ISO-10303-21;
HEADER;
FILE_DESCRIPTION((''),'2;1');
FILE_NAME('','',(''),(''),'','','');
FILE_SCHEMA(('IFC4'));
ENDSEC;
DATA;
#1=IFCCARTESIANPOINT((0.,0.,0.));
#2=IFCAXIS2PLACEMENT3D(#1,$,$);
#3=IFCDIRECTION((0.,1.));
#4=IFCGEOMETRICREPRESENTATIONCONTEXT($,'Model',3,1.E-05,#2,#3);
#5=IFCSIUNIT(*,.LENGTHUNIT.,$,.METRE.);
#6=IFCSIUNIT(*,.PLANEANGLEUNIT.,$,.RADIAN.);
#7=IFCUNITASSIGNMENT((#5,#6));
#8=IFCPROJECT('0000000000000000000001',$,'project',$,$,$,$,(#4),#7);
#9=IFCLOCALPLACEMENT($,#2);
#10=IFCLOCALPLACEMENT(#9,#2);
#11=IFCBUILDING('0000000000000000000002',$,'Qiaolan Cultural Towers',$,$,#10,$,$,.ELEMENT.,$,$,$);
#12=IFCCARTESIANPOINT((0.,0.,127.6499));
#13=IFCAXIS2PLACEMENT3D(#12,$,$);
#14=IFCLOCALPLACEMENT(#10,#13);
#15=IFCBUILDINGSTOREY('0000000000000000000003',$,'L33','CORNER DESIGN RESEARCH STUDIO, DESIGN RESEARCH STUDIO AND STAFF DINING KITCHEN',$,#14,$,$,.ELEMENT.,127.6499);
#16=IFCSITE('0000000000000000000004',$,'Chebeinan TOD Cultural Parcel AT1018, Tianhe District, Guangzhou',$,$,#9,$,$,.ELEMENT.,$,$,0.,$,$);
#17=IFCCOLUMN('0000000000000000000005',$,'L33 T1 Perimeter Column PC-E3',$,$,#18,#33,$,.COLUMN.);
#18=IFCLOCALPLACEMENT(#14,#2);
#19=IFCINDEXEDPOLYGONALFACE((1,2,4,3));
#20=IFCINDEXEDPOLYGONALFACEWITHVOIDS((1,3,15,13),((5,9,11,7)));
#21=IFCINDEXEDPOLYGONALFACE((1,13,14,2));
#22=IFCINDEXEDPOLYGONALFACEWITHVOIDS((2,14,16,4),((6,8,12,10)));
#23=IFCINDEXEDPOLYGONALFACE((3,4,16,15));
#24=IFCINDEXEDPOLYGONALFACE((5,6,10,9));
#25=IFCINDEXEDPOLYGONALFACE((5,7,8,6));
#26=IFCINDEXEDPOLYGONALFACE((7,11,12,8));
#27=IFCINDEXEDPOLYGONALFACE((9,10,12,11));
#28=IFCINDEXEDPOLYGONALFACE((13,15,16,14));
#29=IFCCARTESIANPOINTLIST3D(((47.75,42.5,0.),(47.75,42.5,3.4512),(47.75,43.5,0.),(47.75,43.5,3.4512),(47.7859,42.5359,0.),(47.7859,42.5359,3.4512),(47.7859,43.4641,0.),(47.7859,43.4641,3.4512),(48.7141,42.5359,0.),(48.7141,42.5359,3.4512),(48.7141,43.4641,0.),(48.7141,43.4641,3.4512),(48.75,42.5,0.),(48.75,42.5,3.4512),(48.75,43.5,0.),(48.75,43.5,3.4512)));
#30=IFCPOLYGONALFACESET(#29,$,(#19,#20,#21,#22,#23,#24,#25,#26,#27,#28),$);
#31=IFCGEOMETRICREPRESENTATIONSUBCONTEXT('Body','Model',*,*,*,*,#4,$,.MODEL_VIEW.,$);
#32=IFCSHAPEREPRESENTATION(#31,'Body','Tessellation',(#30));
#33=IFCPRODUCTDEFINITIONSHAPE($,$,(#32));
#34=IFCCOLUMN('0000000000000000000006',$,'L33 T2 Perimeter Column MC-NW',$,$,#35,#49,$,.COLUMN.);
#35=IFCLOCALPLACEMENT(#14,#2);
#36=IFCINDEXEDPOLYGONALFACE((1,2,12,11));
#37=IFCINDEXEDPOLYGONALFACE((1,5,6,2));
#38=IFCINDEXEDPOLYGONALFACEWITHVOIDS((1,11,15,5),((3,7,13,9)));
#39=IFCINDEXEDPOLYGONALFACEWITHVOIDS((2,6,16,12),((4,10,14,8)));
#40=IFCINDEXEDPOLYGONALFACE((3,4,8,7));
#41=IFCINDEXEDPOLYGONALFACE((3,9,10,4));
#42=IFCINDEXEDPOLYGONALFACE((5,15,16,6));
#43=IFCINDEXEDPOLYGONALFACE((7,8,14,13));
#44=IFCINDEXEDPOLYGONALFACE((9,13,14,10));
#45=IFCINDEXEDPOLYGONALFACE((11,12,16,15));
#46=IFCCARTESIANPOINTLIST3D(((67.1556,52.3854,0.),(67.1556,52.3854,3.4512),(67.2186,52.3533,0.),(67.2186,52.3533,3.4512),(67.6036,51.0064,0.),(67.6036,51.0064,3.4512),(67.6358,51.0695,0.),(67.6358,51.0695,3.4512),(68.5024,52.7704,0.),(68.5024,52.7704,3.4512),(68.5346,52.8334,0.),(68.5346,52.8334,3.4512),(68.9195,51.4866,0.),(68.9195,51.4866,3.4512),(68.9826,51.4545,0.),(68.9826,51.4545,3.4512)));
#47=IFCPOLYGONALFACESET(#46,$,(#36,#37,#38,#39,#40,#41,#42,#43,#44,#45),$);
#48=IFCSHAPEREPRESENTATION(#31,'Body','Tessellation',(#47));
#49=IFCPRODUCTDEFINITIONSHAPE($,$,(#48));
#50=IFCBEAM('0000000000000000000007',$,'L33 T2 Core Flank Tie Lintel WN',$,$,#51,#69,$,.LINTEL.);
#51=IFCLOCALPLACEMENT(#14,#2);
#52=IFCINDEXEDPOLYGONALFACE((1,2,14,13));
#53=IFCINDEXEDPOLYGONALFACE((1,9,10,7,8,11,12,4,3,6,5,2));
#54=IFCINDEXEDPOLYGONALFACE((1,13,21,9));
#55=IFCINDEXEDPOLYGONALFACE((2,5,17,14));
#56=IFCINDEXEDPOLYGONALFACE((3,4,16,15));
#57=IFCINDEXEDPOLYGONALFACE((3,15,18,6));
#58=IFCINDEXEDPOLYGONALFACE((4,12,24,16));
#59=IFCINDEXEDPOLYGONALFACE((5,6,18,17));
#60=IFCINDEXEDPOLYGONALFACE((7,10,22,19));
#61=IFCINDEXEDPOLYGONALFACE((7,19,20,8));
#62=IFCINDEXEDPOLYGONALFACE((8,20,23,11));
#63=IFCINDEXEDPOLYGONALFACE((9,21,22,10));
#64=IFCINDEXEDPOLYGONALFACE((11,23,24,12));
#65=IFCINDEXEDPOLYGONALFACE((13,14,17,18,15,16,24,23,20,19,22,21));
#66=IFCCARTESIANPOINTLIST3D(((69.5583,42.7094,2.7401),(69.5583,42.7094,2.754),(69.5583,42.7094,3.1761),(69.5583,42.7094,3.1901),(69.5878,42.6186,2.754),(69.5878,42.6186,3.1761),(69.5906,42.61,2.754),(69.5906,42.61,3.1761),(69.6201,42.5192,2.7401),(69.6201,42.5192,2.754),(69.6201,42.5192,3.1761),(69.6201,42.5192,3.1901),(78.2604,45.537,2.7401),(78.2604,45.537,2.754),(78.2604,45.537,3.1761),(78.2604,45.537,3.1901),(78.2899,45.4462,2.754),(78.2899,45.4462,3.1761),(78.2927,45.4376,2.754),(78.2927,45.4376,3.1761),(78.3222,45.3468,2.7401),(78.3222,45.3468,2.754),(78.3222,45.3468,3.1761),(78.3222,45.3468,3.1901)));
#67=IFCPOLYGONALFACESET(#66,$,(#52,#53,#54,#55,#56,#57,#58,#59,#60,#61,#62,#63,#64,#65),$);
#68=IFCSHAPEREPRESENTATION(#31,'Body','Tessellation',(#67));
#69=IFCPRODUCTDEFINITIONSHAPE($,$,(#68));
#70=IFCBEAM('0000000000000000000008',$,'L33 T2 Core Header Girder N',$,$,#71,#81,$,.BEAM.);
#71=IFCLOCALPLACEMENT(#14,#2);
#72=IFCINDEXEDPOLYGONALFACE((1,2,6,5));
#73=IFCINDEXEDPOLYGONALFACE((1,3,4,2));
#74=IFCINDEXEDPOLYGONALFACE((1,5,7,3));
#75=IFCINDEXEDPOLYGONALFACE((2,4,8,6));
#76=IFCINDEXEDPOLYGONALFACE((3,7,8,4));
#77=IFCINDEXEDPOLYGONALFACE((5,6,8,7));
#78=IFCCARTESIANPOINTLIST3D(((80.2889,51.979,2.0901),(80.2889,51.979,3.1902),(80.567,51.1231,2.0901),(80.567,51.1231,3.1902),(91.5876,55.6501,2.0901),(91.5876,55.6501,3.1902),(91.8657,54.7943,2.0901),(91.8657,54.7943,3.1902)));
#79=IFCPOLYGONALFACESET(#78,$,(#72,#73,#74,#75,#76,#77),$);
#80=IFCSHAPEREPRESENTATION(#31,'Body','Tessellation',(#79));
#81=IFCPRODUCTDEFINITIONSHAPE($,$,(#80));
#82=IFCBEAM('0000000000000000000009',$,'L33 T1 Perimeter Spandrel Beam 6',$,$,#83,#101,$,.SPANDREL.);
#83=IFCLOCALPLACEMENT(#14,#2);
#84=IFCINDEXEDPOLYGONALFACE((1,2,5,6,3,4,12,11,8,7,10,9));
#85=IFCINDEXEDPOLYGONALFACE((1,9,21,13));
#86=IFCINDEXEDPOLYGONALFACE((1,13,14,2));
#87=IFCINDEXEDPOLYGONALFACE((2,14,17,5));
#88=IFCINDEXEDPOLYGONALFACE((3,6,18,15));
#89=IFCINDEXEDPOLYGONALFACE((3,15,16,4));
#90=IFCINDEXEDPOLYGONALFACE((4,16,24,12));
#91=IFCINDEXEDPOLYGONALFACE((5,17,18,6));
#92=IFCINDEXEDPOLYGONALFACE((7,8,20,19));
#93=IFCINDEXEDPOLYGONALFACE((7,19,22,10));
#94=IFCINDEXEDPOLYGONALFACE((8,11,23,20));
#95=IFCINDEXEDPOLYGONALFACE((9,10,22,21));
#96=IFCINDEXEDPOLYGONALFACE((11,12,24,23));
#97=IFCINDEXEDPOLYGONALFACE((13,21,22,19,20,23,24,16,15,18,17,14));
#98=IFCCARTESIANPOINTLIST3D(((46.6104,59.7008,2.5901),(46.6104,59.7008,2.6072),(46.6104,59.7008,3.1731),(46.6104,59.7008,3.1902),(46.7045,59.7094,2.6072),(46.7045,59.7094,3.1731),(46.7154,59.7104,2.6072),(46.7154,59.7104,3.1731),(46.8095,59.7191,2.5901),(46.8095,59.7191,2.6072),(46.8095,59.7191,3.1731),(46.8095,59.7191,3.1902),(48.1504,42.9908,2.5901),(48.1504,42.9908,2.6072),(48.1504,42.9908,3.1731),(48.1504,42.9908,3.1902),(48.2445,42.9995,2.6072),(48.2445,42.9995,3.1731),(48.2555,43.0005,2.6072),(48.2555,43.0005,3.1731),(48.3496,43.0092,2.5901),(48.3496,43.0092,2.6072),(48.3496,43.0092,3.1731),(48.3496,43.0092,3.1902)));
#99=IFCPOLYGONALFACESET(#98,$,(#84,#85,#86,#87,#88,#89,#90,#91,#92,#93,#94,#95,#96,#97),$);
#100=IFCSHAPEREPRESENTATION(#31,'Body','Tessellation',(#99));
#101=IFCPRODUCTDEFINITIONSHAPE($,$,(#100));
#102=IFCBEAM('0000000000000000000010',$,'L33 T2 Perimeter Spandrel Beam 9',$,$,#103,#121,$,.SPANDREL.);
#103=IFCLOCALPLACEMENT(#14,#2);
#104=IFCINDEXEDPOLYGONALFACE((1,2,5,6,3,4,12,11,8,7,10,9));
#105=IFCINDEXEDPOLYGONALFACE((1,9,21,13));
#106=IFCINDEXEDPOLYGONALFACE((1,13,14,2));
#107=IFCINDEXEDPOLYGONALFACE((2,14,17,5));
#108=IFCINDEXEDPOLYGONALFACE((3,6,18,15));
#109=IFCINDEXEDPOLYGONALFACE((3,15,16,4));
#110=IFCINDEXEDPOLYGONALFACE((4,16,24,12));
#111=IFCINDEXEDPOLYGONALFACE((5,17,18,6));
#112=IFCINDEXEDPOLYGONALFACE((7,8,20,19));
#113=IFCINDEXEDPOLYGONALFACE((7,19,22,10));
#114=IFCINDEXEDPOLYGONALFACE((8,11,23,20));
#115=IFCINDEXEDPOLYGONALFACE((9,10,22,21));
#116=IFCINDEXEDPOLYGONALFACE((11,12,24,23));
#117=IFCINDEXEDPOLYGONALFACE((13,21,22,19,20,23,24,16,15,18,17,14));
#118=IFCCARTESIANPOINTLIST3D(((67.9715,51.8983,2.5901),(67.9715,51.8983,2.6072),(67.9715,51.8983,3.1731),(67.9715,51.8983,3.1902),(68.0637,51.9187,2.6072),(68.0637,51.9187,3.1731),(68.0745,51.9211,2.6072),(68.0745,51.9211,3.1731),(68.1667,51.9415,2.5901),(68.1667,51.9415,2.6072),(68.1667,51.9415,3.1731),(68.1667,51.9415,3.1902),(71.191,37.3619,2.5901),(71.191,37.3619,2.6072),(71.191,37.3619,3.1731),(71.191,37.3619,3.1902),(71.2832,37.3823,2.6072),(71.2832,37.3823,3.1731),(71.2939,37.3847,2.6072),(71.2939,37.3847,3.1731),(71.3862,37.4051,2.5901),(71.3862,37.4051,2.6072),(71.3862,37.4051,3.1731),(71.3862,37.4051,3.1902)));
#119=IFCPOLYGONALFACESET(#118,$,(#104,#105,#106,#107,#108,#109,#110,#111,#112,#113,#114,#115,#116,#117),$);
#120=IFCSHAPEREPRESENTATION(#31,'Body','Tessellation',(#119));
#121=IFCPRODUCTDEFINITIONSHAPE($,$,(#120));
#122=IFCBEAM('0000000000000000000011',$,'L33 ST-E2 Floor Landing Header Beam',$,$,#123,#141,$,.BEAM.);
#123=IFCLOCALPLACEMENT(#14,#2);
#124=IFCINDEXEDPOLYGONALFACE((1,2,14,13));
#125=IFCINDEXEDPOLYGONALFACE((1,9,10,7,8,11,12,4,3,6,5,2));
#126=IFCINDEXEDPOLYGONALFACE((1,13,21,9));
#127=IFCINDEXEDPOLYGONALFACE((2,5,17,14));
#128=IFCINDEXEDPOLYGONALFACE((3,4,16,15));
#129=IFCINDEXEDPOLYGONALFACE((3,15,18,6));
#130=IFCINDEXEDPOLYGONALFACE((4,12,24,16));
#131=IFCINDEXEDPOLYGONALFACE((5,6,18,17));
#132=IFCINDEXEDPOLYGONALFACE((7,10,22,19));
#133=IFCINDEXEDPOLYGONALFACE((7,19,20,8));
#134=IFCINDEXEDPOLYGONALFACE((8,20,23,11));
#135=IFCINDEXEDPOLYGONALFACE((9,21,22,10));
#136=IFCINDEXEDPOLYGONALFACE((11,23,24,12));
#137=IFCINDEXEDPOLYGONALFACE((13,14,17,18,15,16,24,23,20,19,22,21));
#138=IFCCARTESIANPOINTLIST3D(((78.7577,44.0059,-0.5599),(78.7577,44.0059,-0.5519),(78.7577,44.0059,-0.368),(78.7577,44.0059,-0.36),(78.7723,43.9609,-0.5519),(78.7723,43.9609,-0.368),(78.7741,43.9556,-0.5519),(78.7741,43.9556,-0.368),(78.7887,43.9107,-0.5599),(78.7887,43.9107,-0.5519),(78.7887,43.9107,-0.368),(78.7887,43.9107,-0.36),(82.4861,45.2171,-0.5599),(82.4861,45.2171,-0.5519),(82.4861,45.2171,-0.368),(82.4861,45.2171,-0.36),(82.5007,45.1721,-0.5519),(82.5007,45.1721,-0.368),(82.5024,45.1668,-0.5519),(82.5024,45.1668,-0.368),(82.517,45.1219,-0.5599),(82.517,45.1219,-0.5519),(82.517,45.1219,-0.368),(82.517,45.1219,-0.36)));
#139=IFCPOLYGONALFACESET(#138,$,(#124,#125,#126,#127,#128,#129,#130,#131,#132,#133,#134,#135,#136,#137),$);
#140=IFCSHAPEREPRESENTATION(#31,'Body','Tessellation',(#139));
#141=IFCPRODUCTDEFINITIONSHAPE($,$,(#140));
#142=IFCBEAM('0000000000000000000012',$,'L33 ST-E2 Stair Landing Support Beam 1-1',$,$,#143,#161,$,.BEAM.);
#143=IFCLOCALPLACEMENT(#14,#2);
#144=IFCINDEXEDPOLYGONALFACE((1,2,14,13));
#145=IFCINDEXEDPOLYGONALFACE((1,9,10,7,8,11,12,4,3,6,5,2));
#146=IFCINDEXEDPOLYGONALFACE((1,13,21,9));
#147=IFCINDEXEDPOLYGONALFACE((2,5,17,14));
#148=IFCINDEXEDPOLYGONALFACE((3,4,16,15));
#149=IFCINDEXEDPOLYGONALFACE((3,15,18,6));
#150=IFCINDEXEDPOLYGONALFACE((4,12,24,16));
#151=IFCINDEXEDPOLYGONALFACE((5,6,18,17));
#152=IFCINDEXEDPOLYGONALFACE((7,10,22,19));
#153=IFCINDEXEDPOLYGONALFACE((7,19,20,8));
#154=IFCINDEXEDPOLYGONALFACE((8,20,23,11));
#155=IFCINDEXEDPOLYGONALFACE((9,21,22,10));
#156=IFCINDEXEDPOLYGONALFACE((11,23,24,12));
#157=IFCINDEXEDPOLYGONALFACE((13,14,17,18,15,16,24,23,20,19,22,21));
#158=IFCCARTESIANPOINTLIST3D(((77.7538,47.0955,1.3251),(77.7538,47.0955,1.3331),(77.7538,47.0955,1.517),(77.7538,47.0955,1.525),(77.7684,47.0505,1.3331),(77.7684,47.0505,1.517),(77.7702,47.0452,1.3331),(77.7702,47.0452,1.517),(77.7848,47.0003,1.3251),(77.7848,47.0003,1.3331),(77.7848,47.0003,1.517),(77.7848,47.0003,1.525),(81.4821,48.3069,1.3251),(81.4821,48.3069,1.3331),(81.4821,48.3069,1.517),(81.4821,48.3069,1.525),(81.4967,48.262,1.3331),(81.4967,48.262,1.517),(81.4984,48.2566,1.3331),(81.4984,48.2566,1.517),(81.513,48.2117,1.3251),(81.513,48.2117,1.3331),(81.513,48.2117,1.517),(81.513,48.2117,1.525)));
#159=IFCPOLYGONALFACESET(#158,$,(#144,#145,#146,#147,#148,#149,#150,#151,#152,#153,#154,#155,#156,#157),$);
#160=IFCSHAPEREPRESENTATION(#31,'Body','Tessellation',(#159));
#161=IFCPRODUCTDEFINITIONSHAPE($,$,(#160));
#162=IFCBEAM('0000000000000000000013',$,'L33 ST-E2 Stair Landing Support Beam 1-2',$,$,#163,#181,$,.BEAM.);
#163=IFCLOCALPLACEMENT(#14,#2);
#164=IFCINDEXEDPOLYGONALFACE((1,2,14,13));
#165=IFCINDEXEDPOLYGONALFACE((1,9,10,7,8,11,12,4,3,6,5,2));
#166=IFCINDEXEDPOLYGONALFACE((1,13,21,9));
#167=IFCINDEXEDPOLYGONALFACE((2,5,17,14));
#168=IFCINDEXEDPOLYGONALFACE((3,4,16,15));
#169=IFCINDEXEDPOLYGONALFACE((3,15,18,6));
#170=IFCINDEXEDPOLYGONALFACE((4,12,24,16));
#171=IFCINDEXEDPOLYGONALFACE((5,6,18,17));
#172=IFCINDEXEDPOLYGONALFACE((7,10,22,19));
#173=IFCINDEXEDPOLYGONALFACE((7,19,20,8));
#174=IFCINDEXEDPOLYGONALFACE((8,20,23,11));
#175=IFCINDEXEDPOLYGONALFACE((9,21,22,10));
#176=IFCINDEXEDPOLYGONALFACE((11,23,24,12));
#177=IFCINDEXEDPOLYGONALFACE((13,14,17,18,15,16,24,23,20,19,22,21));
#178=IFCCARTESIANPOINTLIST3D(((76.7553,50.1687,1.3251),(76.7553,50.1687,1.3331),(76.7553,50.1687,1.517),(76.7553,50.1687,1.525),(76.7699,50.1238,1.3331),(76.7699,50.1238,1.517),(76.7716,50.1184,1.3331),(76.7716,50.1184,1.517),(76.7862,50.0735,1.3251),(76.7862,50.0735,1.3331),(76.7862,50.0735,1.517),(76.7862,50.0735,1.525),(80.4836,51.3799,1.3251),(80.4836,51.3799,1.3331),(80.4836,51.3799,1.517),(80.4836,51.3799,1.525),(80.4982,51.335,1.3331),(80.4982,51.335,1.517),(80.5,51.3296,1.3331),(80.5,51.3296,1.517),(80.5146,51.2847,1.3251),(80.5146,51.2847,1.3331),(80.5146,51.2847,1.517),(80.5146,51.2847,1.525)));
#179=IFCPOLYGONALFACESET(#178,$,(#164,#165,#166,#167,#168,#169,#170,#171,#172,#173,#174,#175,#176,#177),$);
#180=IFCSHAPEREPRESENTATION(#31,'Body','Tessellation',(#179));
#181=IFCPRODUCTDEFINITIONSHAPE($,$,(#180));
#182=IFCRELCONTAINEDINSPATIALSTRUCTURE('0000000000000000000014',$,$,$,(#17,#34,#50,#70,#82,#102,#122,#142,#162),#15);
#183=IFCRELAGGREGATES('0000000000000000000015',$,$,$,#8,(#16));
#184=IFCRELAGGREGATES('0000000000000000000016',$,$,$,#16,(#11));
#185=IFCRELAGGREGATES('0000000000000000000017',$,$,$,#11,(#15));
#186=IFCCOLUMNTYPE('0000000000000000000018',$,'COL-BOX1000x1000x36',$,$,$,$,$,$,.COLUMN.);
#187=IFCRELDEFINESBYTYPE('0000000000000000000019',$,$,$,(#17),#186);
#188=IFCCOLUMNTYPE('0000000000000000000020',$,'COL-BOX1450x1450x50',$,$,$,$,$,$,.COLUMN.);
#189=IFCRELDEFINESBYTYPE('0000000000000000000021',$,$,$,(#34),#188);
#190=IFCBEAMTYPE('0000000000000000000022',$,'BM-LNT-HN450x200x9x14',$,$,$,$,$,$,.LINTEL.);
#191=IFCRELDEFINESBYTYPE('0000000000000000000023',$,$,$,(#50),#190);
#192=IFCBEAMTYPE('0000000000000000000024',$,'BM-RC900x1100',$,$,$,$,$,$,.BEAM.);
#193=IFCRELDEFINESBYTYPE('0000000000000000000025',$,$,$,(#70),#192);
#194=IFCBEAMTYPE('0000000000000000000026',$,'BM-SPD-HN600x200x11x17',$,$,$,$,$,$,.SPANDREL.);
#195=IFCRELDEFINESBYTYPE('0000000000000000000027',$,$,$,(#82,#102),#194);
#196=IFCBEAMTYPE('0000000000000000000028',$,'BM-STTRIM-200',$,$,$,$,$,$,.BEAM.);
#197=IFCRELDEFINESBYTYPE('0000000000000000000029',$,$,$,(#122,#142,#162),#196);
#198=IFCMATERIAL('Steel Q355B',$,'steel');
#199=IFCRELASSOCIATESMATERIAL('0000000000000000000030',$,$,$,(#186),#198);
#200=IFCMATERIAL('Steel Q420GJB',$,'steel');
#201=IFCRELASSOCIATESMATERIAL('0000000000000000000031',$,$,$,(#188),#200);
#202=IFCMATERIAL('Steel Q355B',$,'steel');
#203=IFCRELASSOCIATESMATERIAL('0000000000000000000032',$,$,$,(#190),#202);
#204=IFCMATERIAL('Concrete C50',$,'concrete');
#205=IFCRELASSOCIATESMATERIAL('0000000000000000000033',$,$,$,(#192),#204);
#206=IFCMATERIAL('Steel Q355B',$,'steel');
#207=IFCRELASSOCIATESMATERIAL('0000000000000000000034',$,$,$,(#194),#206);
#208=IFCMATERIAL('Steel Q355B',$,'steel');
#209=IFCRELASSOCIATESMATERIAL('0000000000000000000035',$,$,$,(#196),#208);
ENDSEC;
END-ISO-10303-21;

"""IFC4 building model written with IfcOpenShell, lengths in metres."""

from ifc_helpers import new_model, si_unit, direction, frame, origin, origin_2d, place, context, subcontext, project, spatial, rectangle, hollow_rectangle, i_section, extrude, material, material_profile, profile_set, type_object, element, save


model = new_model("IFC4")

# Units and contexts
model_context = context("Model", 3, precision=1e-05, world=origin(), true_north=direction((0.0, 1.0)))
body_context = subcontext(model_context, "Body", "Model", "MODEL_VIEW")
ifc_project = project(units=[si_unit("LENGTHUNIT", "METRE"), si_unit("PLANEANGLEUNIT", "RADIAN")], contexts=[model_context])

# Site, building, storey
site_placement = place(None, origin())
site = spatial("IfcSite", under=ifc_project, at=site_placement, Name="Chebeinan TOD Cultural Parcel AT1018, Tianhe District, Guangzhou", CompositionType="ELEMENT", RefElevation=0.0)
building_placement = place(site_placement, origin())
building = spatial("IfcBuilding", under=site, at=building_placement, Name="Qiaolan Cultural Towers", CompositionType="ELEMENT")
storey_placement = place(building_placement, frame((0.0, 0.0, 127.6499)))
storey = spatial("IfcBuildingStorey", under=building, at=storey_placement, Name="L33", Description="CORNER DESIGN RESEARCH STUDIO, DESIGN RESEARCH STUDIO AND STAFF DINING KITCHEN", CompositionType="ELEMENT", Elevation=127.6499)

# Columns
ifc_material_1 = material(Name="Steel Q355B", Category="steel")
ifc_material_profile_1 = material_profile(ifc_material_1, hollow_rectangle(XDim=1.0, YDim=1.0, WallThickness=0.0359, at=origin_2d()), Name="BOX1000x1000x36")
ifc_profile_set_1 = profile_set([ifc_material_profile_1], Name="Steel Q355B")
column_type_1 = type_object("IfcColumnType", Name="COL-BOX1000x1000x36", PredefinedType="COLUMN", material=ifc_profile_set_1)
column_1_placement = place(storey_placement, frame((48.25, 43.0, 0.0), z_axis=(0.0, 0.0, 1.0), x_axis=(1.0, 0.0, 0.0)))
element("IfcColumn", 1, at=column_1_placement, inside=storey, type_object=column_type_1, Name="L33 T1 Perimeter Column PC-E3", PredefinedType="COLUMN", context=body_context, shape_type="SweptSolid", body=[
    extrude(hollow_rectangle(XDim=1.0, YDim=1.0, WallThickness=0.0359, at=origin_2d()), origin(), (0.0, 0.0, 1.0), 3.4512),
])
ifc_material_2 = material(Name="Steel Q420GJB", Category="steel")
ifc_material_profile_2 = material_profile(ifc_material_2, hollow_rectangle(XDim=1.45, YDim=1.45, WallThickness=0.05, at=origin_2d()), Name="BOX1450x1450x50")
ifc_profile_set_2 = profile_set([ifc_material_profile_2], Name="Steel Q420GJB")
column_type_2 = type_object("IfcColumnType", Name="COL-BOX1450x1450x50", PredefinedType="COLUMN", material=ifc_profile_set_2)
column_2_placement = place(storey_placement, frame((68.0691, 51.9199, 0.0), z_axis=(0.0, 0.0, 1.0), x_axis=(0.951057, 0.309017, 0.0)))
element("IfcColumn", 2, at=column_2_placement, inside=storey, type_object=column_type_2, Name="L33 T2 Perimeter Column MC-NW", PredefinedType="COLUMN", context=body_context, shape_type="SweptSolid", body=[
    extrude(hollow_rectangle(XDim=1.45, YDim=1.45, WallThickness=0.05, at=origin_2d()), origin(), (0.0, 0.0, 1.0), 3.4512),
])

# Beams
ifc_material_3 = material(Name="Steel Q355B", Category="steel")
ifc_material_profile_3 = material_profile(ifc_material_3, i_section(OverallWidth=0.2, OverallDepth=0.45, WebThickness=0.009, FlangeThickness=0.0139, at=origin_2d()), Name="HN450x200x9x14")
ifc_profile_set_3 = profile_set([ifc_material_profile_3], Name="Steel Q355B")
beam_type_1 = type_object("IfcBeamType", Name="BM-LNT-HN450x200x9x14", PredefinedType="LINTEL", material=ifc_profile_set_3)
beam_1_placement = place(storey_placement, frame((78.2913, 45.4419, 2.9651), z_axis=(-0.951052, -0.309031, 0.0), x_axis=(0.309031, -0.951052, 0.0)))
element("IfcBeam", 3, at=beam_1_placement, inside=storey, type_object=beam_type_1, Name="L33 T2 Core Flank Tie Lintel WN", PredefinedType="LINTEL", context=body_context, shape_type="SweptSolid", body=[
    extrude(i_section(OverallWidth=0.2, OverallDepth=0.45, WebThickness=0.009, FlangeThickness=0.0139, at=origin_2d()), origin(), (0.0, 0.0, 1.0), 9.1499),
])
ifc_material_4 = material(Name="Concrete C50", Category="concrete")
ifc_material_profile_4 = material_profile(ifc_material_4, rectangle(XDim=0.8999, YDim=1.1001, at=origin_2d()), Name="RC900x1100")
ifc_profile_set_4 = profile_set([ifc_material_profile_4], Name="Concrete C50")
beam_type_2 = type_object("IfcBeamType", Name="BM-RC900x1100", PredefinedType="BEAM", material=ifc_profile_set_4)
beam_2_placement = place(storey_placement, frame((80.428, 51.551, 2.6401), z_axis=(0.951056, 0.309018, 0.0), x_axis=(-0.309018, 0.951056, 0.0)))
element("IfcBeam", 4, at=beam_2_placement, inside=storey, type_object=beam_type_2, Name="L33 T2 Core Header Girder N", PredefinedType="BEAM", context=body_context, shape_type="SweptSolid", body=[
    extrude(rectangle(XDim=0.8999, YDim=1.1001, at=origin_2d()), origin(), (0.0, 0.0, 1.0), 11.8801),
])
ifc_material_5 = material(Name="Steel Q355B", Category="steel")
ifc_material_profile_5 = material_profile(ifc_material_5, i_section(OverallWidth=0.2, OverallDepth=0.6001, WebThickness=0.011, FlangeThickness=0.0171, at=origin_2d()), Name="HN600x200x11x17")
ifc_profile_set_5 = profile_set([ifc_material_profile_5], Name="Steel Q355B")
beam_type_3 = type_object("IfcBeamType", Name="BM-SPD-HN600x200x11x17", PredefinedType="SPANDREL", material=ifc_profile_set_5)
beam_3_placement = place(storey_placement, frame((48.25, 43.0, 2.8901), z_axis=(-0.091774, 0.99578, 0.0), x_axis=(-0.99578, -0.091774, 0.0)))
element("IfcBeam", 5, at=beam_3_placement, inside=storey, type_object=beam_type_3, Name="L33 T1 Perimeter Spandrel Beam 6", PredefinedType="SPANDREL", context=body_context, shape_type="SweptSolid", body=[
    extrude(i_section(OverallWidth=0.2, OverallDepth=0.6001, WebThickness=0.011, FlangeThickness=0.0171, at=origin_2d()), origin(), (0.0, 0.0, 1.0), 16.7808),
])
beam_4_placement = place(storey_placement, frame((68.0691, 51.9199, 2.8901), z_axis=(0.216238, -0.976341, 0.0), x_axis=(0.976341, 0.216238, 0.0)))
element("IfcBeam", 6, at=beam_4_placement, inside=storey, type_object=beam_type_3, Name="L33 T2 Perimeter Spandrel Beam 9", PredefinedType="SPANDREL", context=body_context, shape_type="SweptSolid", body=[
    extrude(i_section(OverallWidth=0.2, OverallDepth=0.6001, WebThickness=0.011, FlangeThickness=0.0171, at=origin_2d()), origin(), (0.0, 0.0, 1.0), 14.8887),
])
ifc_material_6 = material(Name="Steel Q355B", Category="steel")
ifc_material_profile_6 = material_profile(ifc_material_6, i_section(OverallWidth=0.1001, OverallDepth=0.2, WebThickness=0.0056, FlangeThickness=0.0081, at=origin_2d()), Name="HN200x100x5.5x8")
ifc_profile_set_6 = profile_set([ifc_material_profile_6], Name="Steel Q355B")
beam_type_4 = type_object("IfcBeamType", Name="BM-STTRIM-200", PredefinedType="BEAM", material=ifc_profile_set_6)
for number, where, z_axis, x_axis, name in (
    (7, (78.7732, 43.9583, -0.46), (0.951072, 0.308969, 0.0), (-0.308969, 0.951072, 0.0), "L33 ST-E2 Floor Landing Header Beam"),
    (8, (77.7693, 47.0479, 1.425), (0.951054, 0.309026, 0.0), (-0.309026, 0.951054, 0.0), "L33 ST-E2 Stair Landing Support Beam 1-1"),
    (9, (76.7708, 50.1211, 1.425), (0.951072, 0.308969, 0.0), (-0.308969, 0.951072, 0.0), "L33 ST-E2 Stair Landing Support Beam 1-2"),
):
    element("IfcBeam", number, at=place(storey_placement, frame(where, z_axis=z_axis, x_axis=x_axis)), inside=storey, type_object=beam_type_4, Name=name, PredefinedType="BEAM", context=body_context, shape_type="SweptSolid", body=[
        extrude(i_section(OverallWidth=0.1001, OverallDepth=0.2, WebThickness=0.0056, FlangeThickness=0.0081, at=origin_2d()), origin(), (0.0, 0.0, 1.0), 3.9202),
    ])

save(model, "model.ifc")
